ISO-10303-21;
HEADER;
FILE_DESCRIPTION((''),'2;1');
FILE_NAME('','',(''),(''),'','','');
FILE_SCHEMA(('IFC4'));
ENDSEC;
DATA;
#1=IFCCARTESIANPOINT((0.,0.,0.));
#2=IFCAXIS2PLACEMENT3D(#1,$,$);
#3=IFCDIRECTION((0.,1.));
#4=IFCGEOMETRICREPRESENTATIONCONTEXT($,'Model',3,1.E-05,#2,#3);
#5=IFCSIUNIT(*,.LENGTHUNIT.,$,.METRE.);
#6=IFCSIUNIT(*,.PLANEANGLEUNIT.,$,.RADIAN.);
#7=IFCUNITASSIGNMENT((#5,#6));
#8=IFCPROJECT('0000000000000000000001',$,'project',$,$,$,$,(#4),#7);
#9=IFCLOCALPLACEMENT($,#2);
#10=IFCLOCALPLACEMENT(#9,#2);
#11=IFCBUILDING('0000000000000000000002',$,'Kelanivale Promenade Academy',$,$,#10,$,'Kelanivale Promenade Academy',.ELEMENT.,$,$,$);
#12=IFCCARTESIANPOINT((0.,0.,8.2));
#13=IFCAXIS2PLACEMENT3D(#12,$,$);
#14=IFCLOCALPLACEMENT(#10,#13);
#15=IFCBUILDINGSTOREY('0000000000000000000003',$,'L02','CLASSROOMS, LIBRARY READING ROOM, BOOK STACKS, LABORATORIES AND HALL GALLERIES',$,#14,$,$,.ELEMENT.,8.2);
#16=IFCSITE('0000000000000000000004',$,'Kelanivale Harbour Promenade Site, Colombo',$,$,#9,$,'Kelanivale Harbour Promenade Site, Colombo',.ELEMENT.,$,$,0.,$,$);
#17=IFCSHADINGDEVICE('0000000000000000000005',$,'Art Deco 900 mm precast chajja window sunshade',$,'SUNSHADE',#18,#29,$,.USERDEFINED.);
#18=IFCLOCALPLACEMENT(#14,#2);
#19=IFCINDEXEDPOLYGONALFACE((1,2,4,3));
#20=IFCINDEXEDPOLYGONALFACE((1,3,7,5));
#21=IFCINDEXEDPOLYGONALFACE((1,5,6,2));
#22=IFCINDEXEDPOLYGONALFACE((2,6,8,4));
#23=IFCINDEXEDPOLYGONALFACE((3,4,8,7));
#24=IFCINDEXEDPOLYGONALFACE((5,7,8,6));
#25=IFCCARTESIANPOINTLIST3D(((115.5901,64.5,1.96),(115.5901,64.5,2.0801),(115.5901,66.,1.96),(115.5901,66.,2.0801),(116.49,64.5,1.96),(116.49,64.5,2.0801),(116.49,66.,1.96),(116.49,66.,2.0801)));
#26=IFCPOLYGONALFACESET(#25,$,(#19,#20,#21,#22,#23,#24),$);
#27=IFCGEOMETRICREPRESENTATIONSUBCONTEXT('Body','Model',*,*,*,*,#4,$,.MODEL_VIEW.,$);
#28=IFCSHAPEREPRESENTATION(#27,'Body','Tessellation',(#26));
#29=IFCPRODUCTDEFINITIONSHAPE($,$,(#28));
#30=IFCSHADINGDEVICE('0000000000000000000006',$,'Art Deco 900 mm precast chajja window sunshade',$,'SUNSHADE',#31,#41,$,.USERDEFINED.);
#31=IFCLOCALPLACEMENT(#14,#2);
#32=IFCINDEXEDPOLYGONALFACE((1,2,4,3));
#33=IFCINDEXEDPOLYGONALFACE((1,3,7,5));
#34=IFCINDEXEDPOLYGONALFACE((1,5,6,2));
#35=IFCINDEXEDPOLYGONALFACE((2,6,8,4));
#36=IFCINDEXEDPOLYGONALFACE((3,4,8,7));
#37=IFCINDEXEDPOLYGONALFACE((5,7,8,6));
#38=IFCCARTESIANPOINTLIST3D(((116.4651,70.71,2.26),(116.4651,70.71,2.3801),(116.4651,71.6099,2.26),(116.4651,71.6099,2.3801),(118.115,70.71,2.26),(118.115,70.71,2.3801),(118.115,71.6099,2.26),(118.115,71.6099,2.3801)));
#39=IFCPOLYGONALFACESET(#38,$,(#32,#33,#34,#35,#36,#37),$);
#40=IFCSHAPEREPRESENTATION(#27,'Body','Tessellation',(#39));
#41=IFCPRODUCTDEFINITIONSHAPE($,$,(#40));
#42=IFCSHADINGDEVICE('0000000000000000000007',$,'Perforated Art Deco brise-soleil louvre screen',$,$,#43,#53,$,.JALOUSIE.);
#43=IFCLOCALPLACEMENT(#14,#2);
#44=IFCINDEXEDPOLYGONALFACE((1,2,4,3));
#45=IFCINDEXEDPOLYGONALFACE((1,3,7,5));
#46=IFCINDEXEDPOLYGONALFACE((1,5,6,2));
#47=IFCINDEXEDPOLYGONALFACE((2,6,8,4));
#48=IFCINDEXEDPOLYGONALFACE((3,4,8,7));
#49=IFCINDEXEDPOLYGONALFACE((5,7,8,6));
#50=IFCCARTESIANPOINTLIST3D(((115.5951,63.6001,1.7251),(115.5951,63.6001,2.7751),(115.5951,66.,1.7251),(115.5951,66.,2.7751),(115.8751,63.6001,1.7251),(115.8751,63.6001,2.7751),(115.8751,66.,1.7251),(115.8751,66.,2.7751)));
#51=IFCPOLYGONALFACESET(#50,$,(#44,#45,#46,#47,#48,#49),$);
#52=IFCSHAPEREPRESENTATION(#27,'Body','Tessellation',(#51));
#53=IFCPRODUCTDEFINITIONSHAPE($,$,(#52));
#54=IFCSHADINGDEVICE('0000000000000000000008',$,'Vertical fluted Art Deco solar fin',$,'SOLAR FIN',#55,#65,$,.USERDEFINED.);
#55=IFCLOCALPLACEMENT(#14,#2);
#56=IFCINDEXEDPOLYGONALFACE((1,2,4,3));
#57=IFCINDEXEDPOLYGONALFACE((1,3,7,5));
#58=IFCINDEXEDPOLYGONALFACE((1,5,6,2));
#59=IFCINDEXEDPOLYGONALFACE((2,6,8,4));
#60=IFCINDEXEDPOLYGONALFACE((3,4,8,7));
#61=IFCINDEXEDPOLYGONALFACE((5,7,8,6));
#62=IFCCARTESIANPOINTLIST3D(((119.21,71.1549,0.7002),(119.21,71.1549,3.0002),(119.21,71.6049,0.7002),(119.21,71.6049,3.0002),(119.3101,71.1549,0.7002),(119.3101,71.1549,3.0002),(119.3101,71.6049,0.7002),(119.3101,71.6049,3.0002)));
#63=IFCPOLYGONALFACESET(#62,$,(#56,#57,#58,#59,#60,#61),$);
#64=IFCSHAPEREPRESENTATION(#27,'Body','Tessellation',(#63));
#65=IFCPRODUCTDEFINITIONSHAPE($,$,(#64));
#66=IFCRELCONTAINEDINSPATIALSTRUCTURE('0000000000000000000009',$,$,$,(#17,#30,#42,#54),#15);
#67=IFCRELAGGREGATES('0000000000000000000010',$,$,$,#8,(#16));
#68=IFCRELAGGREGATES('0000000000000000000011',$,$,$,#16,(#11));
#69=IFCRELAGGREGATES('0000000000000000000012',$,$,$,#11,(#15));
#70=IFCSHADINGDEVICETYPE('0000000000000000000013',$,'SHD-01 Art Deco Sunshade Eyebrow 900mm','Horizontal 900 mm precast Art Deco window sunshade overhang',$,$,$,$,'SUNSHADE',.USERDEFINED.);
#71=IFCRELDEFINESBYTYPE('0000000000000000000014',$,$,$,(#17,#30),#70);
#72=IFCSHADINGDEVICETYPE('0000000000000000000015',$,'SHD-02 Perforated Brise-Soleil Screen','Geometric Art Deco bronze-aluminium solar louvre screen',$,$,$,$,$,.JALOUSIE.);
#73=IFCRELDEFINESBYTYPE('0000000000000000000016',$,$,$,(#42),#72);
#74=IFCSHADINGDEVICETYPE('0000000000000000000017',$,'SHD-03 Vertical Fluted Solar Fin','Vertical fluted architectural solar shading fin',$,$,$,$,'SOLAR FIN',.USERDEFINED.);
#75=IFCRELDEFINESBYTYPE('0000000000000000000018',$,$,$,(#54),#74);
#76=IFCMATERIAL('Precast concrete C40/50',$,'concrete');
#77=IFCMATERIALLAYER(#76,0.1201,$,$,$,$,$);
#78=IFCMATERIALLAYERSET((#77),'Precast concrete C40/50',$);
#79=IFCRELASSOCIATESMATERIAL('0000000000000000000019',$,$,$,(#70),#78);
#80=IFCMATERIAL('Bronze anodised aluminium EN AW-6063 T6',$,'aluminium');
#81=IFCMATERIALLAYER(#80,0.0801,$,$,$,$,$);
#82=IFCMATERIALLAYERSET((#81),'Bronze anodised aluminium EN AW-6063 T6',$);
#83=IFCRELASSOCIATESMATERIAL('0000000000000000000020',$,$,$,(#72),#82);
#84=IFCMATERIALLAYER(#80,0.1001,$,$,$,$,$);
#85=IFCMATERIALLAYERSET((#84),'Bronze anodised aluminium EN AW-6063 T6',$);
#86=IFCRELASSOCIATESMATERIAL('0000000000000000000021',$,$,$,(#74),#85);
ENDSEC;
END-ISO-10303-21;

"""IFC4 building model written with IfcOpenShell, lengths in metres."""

from ifc_helpers import new_model, si_unit, direction, frame, origin, origin_2d, place, context, subcontext, project, spatial, rectangle, extrude, material, layer, layer_set, type_object, element, save


model = new_model("IFC4")

# Units and contexts
model_context = context("Model", 3, precision=1e-05, world=origin(), true_north=direction((0.0, 1.0)))
body_context = subcontext(model_context, "Body", "Model", "MODEL_VIEW")
ifc_project = project(units=[si_unit("LENGTHUNIT", "METRE"), si_unit("PLANEANGLEUNIT", "RADIAN")], contexts=[model_context])

# Site, building, storey
site_placement = place(None, origin())
site = spatial("IfcSite", under=ifc_project, at=site_placement, Name="Kelanivale Harbour Promenade Site, Colombo", LongName="Kelanivale Harbour Promenade Site, Colombo", CompositionType="ELEMENT", RefElevation=0.0)
building_placement = place(site_placement, origin())
building = spatial("IfcBuilding", under=site, at=building_placement, Name="Kelanivale Promenade Academy", LongName="Kelanivale Promenade Academy", CompositionType="ELEMENT")
storey_placement = place(building_placement, frame((0.0, 0.0, 8.2)))
storey = spatial("IfcBuildingStorey", under=building, at=storey_placement, Name="L02", Description="CLASSROOMS, LIBRARY READING ROOM, BOOK STACKS, LABORATORIES AND HALL GALLERIES", CompositionType="ELEMENT", Elevation=8.2)

# Shading devices
ifc_material_1 = material(Name="Precast concrete C40/50", Category="concrete")
ifc_layer_1 = layer(ifc_material_1, 0.1201)
ifc_layer_set_1 = layer_set([ifc_layer_1], Name="Precast concrete C40/50")
shading_device_type_1 = type_object("IfcShadingDeviceType", Name="SHD-01 Art Deco Sunshade Eyebrow 900mm", Description="Horizontal 900 mm precast Art Deco window sunshade overhang", ElementType="SUNSHADE", PredefinedType="USERDEFINED", material=ifc_layer_set_1)
shading_device_1_placement = place(storey_placement, frame((116.04, 65.25, 1.96), z_axis=(0.0, 0.0, 1.0), x_axis=(0.0, 1.0, 0.0)))
element("IfcShadingDevice", 1, at=shading_device_1_placement, inside=storey, type_object=shading_device_type_1, Name="Art Deco 900 mm precast chajja window sunshade", ObjectType="SUNSHADE", PredefinedType="USERDEFINED", context=body_context, shape_type="SweptSolid", body=[
    extrude(rectangle(XDim=1.5, YDim=0.8999, at=origin_2d()), origin(), (0.0, 0.0, 1.0), 0.1201),
])
shading_device_2_placement = place(storey_placement, frame((117.29, 71.1599, 2.26), z_axis=(0.0, 0.0, 1.0), x_axis=(1.0, 0.0, 0.0)))
element("IfcShadingDevice", 2, at=shading_device_2_placement, inside=storey, type_object=shading_device_type_1, Name="Art Deco 900 mm precast chajja window sunshade", ObjectType="SUNSHADE", PredefinedType="USERDEFINED", context=body_context, shape_type="SweptSolid", body=[
    extrude(rectangle(XDim=1.6499, YDim=0.8999, at=origin_2d()), origin(), (0.0, 0.0, 1.0), 0.1201),
])
ifc_material_2 = material(Name="Bronze anodised aluminium EN AW-6063 T6", Category="aluminium")
ifc_layer_2 = layer(ifc_material_2, 0.0801)
ifc_layer_set_2 = layer_set([ifc_layer_2], Name="Bronze anodised aluminium EN AW-6063 T6")
shading_device_type_2 = type_object("IfcShadingDeviceType", Name="SHD-02 Perforated Brise-Soleil Screen", Description="Geometric Art Deco bronze-aluminium solar louvre screen", PredefinedType="JALOUSIE", material=ifc_layer_set_2)
shading_device_3_placement = place(storey_placement, frame((115.7351, 64.8, 1.7251), z_axis=(0.0, 0.0, 1.0), x_axis=(0.0, 1.0, 0.0)))
element("IfcShadingDevice", 3, at=shading_device_3_placement, inside=storey, type_object=shading_device_type_2, Name="Perforated Art Deco brise-soleil louvre screen", PredefinedType="JALOUSIE", context=body_context, shape_type="SweptSolid", body=[
    extrude(rectangle(XDim=2.3999, YDim=0.28, at=origin_2d()), origin(), (0.0, 0.0, 1.0), 1.05),
])
ifc_layer_3 = layer(ifc_material_2, 0.1001)
ifc_layer_set_3 = layer_set([ifc_layer_3], Name="Bronze anodised aluminium EN AW-6063 T6")
shading_device_type_3 = type_object("IfcShadingDeviceType", Name="SHD-03 Vertical Fluted Solar Fin", Description="Vertical fluted architectural solar shading fin", ElementType="SOLAR FIN", PredefinedType="USERDEFINED", material=ifc_layer_set_3)
shading_device_4_placement = place(storey_placement, frame((119.26, 71.3799, 0.7002), z_axis=(0.0, 0.0, 1.0), x_axis=(1.0, 0.0, 0.0)))
element("IfcShadingDevice", 4, at=shading_device_4_placement, inside=storey, type_object=shading_device_type_3, Name="Vertical fluted Art Deco solar fin", ObjectType="SOLAR FIN", PredefinedType="USERDEFINED", context=body_context, shape_type="SweptSolid", body=[
    extrude(rectangle(XDim=0.1001, YDim=0.45, at=origin_2d()), origin(), (0.0, 0.0, 1.0), 2.3),
])

save(model, "model.ifc")
